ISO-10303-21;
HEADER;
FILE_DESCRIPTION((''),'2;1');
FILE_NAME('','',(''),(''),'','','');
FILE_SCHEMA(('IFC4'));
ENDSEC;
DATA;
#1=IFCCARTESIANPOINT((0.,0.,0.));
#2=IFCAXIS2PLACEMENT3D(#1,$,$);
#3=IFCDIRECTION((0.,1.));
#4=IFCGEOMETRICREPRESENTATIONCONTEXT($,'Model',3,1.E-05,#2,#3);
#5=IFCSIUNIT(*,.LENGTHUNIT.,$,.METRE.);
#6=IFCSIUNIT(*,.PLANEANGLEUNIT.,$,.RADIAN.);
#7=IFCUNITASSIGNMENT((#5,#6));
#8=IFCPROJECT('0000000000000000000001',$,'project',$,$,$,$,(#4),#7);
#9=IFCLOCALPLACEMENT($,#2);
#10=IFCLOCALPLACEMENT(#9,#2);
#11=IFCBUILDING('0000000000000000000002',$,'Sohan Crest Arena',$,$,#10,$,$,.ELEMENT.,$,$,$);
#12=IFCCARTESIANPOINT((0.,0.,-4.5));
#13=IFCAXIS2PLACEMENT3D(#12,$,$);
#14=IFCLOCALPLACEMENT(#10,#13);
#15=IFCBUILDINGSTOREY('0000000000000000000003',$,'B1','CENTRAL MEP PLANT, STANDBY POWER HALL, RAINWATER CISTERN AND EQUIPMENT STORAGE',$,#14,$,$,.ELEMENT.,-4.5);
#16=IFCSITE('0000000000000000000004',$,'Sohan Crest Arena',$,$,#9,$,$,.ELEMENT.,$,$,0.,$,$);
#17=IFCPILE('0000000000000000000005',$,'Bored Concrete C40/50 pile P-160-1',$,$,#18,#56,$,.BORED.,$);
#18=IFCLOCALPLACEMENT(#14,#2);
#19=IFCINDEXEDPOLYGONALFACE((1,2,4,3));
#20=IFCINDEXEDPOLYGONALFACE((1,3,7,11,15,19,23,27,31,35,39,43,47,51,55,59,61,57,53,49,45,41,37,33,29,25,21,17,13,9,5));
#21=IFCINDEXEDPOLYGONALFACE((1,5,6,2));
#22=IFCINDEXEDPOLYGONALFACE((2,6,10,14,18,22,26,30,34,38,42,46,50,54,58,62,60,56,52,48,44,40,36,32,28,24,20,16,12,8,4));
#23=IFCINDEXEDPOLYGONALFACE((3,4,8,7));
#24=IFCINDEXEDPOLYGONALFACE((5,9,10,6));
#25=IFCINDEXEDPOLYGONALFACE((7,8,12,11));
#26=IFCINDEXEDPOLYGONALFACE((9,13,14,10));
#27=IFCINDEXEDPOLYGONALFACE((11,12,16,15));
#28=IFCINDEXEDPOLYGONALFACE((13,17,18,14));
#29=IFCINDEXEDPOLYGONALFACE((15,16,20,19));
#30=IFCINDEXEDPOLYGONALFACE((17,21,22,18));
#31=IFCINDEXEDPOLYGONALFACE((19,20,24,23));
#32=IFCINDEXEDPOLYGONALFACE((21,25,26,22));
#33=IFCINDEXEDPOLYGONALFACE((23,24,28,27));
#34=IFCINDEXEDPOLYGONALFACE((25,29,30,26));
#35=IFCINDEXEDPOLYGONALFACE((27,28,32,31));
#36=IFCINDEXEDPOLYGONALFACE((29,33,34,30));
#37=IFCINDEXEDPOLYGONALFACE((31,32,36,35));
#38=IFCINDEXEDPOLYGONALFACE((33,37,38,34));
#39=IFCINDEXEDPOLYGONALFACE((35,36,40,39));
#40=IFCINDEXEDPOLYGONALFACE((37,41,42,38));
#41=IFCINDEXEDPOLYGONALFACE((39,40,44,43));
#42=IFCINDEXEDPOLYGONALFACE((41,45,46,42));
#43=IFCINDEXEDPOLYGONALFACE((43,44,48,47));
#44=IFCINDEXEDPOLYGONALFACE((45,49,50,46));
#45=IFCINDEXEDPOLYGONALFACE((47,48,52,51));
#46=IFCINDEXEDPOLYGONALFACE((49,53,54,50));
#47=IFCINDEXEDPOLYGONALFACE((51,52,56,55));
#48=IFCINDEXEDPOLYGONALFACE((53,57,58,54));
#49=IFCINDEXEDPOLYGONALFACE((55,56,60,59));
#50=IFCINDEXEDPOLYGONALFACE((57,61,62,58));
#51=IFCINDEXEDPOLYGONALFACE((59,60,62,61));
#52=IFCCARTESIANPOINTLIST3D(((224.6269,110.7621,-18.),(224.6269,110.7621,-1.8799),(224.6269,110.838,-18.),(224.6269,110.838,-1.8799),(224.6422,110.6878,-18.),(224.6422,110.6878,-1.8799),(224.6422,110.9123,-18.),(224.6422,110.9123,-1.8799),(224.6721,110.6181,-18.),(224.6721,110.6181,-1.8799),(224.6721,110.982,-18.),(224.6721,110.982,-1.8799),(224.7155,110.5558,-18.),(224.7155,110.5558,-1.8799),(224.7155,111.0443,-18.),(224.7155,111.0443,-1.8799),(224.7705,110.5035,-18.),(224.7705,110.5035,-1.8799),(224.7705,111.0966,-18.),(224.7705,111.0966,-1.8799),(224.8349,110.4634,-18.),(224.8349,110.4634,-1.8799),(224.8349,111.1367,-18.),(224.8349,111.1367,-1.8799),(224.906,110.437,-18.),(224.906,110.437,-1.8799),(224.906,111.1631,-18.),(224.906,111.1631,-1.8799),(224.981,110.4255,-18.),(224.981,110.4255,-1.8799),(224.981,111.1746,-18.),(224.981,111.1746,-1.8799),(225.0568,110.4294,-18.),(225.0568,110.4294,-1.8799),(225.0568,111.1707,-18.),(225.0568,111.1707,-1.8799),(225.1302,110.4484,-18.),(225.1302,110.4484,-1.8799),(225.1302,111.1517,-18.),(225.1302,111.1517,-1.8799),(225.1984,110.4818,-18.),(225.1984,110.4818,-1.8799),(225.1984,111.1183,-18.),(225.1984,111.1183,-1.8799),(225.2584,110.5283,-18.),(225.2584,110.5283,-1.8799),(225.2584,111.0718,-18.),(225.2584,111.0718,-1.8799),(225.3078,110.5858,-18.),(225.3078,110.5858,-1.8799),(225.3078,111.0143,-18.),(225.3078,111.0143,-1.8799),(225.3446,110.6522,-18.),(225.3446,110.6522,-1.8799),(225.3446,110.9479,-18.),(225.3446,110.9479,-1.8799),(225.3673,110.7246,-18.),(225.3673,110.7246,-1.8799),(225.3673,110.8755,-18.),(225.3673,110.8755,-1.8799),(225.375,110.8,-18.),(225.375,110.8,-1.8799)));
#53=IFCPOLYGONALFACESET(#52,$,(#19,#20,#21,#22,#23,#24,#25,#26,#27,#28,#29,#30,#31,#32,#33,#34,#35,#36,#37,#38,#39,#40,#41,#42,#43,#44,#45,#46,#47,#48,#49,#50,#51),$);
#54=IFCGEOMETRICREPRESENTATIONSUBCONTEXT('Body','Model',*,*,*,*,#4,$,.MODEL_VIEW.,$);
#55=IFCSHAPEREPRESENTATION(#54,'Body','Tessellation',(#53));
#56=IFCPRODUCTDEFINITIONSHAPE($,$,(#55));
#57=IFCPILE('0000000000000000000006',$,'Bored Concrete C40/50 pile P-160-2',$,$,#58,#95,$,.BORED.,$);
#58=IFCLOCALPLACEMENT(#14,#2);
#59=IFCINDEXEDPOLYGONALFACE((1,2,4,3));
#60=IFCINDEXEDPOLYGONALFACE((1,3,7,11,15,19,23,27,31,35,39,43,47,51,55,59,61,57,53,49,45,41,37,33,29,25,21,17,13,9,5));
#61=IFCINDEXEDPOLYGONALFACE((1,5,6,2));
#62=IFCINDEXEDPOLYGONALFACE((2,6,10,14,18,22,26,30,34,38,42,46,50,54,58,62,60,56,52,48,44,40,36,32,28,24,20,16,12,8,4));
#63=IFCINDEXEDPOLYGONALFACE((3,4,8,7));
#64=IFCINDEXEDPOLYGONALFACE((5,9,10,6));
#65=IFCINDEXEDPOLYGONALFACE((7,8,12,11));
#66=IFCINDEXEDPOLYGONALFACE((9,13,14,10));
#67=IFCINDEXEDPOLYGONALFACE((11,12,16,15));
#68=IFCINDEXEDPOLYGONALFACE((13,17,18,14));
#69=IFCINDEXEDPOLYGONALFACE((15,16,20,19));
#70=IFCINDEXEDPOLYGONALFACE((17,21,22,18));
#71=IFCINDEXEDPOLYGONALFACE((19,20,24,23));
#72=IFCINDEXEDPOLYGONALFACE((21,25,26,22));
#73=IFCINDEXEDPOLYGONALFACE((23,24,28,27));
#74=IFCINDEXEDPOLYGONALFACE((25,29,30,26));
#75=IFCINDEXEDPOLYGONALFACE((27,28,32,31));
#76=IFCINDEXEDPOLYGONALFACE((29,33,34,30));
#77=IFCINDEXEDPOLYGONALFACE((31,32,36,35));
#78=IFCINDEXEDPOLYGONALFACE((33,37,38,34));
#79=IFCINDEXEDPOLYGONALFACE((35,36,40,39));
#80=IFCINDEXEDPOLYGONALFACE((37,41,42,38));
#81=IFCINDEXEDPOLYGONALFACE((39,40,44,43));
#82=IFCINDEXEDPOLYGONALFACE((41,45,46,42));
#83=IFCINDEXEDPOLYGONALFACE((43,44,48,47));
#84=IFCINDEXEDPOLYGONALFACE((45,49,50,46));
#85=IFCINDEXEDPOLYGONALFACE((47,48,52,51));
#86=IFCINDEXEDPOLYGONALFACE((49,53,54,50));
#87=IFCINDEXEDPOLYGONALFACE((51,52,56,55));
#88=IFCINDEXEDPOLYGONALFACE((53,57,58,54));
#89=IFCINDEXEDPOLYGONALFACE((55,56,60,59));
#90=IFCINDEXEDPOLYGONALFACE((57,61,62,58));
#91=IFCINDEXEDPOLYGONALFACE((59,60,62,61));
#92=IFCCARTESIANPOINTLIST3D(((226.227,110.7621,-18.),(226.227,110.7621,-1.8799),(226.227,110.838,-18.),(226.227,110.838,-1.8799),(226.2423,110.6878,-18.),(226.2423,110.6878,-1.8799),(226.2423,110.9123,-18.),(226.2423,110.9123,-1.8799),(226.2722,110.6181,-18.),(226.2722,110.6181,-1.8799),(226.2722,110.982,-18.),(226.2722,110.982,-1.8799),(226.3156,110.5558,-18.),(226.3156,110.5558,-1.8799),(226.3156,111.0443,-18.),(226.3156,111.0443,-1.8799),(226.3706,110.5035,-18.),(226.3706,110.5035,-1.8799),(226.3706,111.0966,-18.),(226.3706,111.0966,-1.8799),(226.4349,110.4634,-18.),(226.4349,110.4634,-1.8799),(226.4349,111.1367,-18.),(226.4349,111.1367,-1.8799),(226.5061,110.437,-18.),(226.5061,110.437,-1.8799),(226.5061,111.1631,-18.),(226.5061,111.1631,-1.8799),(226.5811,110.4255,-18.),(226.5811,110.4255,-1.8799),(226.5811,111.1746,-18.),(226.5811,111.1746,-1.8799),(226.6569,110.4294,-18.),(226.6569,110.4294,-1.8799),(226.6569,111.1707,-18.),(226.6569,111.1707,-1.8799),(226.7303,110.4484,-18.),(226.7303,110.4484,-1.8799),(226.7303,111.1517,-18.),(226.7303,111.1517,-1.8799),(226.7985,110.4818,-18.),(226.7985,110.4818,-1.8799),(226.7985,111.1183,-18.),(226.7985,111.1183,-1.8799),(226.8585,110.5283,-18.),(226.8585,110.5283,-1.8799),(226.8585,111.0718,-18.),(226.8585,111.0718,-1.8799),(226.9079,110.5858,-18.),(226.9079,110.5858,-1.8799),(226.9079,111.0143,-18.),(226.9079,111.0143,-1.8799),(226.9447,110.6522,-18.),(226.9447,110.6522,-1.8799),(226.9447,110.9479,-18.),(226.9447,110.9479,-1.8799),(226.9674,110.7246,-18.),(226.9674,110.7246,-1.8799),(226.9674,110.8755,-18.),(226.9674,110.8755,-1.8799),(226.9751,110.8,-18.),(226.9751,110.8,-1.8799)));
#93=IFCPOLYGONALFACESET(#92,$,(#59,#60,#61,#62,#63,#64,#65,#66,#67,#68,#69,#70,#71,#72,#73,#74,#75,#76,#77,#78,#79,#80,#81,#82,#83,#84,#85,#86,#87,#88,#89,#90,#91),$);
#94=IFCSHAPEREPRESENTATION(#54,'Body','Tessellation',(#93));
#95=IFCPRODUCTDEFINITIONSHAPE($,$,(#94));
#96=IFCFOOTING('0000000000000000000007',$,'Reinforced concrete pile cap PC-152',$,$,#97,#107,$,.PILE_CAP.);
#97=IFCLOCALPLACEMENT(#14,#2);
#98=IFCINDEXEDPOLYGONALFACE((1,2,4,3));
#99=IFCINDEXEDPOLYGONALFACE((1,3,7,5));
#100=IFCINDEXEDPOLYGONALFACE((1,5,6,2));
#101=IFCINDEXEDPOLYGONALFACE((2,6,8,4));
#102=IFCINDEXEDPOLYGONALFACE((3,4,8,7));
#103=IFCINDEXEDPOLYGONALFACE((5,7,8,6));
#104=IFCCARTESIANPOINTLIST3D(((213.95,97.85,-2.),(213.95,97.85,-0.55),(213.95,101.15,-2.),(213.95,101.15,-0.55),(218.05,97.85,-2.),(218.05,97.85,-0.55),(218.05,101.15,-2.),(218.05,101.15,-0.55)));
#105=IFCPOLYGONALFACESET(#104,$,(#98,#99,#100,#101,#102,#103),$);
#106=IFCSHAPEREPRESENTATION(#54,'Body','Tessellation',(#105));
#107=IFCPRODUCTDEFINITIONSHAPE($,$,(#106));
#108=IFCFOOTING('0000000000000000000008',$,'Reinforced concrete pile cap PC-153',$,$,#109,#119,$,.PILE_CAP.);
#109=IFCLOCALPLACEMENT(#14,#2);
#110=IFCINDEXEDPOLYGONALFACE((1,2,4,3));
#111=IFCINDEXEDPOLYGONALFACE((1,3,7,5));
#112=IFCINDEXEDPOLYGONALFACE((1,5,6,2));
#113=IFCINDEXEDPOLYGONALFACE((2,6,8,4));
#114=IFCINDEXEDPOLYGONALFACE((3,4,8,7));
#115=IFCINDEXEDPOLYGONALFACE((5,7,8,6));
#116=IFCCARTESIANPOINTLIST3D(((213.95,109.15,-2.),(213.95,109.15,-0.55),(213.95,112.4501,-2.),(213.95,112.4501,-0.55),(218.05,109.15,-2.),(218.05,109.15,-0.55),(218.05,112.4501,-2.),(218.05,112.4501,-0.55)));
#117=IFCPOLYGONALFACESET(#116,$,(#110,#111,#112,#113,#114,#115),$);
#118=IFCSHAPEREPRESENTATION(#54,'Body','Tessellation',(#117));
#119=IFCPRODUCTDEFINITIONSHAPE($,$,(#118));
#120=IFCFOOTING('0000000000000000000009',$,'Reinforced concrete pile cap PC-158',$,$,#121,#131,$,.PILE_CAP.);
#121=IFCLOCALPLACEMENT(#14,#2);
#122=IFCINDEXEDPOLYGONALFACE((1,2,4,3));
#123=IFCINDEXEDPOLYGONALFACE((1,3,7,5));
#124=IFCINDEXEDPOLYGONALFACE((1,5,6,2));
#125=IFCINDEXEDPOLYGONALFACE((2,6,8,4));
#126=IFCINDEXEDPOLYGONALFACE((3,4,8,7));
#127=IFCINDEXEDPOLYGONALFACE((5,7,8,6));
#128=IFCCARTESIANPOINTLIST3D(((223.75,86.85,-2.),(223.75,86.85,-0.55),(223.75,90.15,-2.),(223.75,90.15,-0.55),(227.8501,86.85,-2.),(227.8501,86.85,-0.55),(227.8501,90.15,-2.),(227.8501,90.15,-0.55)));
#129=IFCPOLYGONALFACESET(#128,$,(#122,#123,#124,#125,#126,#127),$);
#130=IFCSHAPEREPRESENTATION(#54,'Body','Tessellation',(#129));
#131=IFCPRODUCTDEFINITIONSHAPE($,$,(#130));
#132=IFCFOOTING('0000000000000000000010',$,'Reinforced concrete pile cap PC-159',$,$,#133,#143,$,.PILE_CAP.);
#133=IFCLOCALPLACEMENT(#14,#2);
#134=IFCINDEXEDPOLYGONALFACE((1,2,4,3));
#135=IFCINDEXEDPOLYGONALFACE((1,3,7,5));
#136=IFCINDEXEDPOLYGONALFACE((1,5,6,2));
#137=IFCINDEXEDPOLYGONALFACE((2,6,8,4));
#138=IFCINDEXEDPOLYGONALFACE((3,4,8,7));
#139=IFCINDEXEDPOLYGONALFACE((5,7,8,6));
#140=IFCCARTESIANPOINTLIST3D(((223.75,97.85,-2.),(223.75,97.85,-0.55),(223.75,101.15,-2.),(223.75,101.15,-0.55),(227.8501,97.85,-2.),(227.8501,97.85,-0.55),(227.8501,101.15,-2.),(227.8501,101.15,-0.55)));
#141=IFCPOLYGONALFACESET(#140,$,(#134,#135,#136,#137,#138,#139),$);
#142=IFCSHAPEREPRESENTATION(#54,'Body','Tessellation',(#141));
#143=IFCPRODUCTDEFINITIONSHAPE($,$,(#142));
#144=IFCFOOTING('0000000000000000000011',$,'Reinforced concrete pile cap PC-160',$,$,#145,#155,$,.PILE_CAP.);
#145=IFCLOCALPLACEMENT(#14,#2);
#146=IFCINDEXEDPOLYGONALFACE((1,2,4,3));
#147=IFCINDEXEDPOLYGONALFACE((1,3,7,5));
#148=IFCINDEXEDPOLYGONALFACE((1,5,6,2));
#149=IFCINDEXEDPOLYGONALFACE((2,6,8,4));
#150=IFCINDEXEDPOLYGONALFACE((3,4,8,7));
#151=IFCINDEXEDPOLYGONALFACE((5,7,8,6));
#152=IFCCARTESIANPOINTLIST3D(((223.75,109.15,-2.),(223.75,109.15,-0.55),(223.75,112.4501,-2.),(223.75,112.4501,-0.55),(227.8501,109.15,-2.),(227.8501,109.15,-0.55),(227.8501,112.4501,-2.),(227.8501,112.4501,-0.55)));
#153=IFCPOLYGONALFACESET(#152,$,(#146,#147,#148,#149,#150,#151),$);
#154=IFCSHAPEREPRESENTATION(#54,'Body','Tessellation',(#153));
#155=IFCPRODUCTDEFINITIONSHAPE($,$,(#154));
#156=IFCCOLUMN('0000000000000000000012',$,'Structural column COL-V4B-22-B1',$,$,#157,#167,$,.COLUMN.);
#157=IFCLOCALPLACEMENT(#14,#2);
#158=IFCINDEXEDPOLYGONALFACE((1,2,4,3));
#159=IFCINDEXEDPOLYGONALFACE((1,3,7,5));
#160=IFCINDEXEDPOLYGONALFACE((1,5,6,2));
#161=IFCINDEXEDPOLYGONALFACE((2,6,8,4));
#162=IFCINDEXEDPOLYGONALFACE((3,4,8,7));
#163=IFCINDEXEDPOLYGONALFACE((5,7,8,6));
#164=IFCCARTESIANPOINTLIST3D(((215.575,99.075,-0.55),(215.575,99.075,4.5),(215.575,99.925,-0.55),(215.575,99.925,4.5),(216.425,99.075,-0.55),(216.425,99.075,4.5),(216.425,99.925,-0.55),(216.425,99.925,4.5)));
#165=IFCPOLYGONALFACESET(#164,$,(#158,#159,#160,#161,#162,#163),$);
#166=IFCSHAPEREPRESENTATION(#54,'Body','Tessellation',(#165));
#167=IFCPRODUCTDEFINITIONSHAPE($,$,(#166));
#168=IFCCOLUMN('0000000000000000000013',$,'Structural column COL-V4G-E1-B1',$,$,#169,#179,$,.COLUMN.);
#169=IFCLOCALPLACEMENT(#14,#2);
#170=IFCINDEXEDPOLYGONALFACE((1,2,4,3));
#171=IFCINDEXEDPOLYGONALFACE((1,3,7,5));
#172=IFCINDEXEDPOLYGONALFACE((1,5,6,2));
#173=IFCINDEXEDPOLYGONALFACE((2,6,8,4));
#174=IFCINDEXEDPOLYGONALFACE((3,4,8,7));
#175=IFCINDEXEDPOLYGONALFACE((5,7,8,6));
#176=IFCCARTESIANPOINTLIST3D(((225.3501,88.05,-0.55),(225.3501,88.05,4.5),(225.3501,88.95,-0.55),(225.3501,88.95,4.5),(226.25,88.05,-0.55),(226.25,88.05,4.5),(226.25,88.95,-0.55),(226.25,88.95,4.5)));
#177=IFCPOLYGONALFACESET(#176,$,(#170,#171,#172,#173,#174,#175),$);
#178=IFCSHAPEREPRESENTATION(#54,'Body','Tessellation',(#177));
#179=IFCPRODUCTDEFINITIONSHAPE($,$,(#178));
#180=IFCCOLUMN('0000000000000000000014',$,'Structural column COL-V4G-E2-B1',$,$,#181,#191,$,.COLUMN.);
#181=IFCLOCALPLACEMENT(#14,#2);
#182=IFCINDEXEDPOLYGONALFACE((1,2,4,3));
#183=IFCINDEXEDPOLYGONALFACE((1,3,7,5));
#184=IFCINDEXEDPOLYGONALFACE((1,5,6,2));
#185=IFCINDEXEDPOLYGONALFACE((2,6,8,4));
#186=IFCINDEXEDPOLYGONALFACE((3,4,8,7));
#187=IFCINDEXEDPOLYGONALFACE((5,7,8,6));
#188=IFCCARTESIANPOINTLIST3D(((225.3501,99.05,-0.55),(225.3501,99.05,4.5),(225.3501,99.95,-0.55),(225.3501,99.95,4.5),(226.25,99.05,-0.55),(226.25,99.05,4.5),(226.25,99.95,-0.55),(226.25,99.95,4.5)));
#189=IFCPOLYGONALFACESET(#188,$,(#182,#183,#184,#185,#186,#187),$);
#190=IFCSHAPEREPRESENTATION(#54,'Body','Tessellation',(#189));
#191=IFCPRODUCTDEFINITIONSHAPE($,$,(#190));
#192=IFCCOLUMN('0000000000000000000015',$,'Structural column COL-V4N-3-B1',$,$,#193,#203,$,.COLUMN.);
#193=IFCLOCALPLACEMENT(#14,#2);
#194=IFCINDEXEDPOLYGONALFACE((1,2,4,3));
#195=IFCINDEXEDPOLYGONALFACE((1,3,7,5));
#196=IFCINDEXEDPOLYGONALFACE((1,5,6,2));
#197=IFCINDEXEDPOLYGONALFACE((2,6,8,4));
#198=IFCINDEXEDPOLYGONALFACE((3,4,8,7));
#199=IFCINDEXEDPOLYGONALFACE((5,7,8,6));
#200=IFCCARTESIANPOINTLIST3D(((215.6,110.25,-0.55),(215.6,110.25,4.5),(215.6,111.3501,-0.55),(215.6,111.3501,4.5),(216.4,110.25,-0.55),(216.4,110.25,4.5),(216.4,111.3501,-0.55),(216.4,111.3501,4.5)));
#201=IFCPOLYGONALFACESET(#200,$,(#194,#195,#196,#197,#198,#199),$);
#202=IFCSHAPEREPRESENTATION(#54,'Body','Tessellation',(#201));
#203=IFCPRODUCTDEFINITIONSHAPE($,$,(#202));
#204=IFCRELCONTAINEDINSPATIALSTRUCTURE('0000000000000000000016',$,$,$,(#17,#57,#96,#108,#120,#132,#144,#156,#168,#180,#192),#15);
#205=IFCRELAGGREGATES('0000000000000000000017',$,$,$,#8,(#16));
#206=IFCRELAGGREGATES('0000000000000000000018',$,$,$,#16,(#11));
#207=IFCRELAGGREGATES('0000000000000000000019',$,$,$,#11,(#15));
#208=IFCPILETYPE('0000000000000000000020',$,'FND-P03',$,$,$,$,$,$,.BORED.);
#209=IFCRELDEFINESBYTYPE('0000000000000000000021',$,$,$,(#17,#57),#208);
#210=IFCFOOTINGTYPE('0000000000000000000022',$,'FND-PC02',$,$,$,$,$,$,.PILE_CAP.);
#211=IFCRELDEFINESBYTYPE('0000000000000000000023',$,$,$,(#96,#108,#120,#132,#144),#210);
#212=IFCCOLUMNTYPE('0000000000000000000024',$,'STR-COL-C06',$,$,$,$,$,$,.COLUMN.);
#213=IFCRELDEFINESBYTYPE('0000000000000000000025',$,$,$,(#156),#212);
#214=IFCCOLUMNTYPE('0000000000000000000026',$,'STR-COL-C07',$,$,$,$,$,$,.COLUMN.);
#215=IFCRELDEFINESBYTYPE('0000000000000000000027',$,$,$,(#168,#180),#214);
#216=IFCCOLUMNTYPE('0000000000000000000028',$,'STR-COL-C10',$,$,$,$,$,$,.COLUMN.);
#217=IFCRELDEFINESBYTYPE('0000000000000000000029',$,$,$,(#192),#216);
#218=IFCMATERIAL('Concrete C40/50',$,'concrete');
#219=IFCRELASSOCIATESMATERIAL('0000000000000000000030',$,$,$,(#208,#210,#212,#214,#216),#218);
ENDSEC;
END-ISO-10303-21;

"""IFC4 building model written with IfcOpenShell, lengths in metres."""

from ifc_helpers import new_model, si_unit, direction, frame, origin, origin_2d, place, context, subcontext, project, spatial, rectangle, circle, extrude, material, material_profile, profile_set, type_object, element, save


model = new_model("IFC4")

# Units and contexts
model_context = context("Model", 3, precision=1e-05, world=origin(), true_north=direction((0.0, 1.0)))
body_context = subcontext(model_context, "Body", "Model", "MODEL_VIEW")
ifc_project = project(units=[si_unit("LENGTHUNIT", "METRE"), si_unit("PLANEANGLEUNIT", "RADIAN")], contexts=[model_context])

# Site, building, storey
site_placement = place(None, origin())
site = spatial("IfcSite", under=ifc_project, at=site_placement, Name="Sohan Crest Arena", CompositionType="ELEMENT", RefElevation=0.0)
building_placement = place(site_placement, origin())
building = spatial("IfcBuilding", under=site, at=building_placement, Name="Sohan Crest Arena", CompositionType="ELEMENT")
storey_placement = place(building_placement, frame((0.0, 0.0, -4.5)))
storey = spatial("IfcBuildingStorey", under=building, at=storey_placement, Name="B1", Description="CENTRAL MEP PLANT, STANDBY POWER HALL, RAINWATER CISTERN AND EQUIPMENT STORAGE", CompositionType="ELEMENT", Elevation=-4.5)

# Shared definitions
ifc_material = material(Name="Concrete C40/50", Category="concrete")

# Piles
ifc_material_profile_1 = material_profile(ifc_material, circle(Radius=0.375, at=origin_2d()), Name="PILE D750")
ifc_profile_set_1 = profile_set([ifc_material_profile_1], Name="Concrete C40/50")
pile_type = type_object("IfcPileType", Name="FND-P03", PredefinedType="BORED", material=ifc_profile_set_1)
for number, where, z_axis, x_axis, name in (
    (1, (225.0, 110.8, -18.0), (0.0, 0.0, 1.0), (1.0, 0.0, 0.0), "Bored Concrete C40/50 pile P-160-1"),
    (2, (226.6001, 110.8, -18.0), (0.0, 0.0, 1.0), (1.0, 0.0, 0.0), "Bored Concrete C40/50 pile P-160-2"),
):
    element("IfcPile", number, at=place(storey_placement, frame(where, z_axis=z_axis, x_axis=x_axis)), inside=storey, type_object=pile_type, Name=name, PredefinedType="BORED", context=body_context, shape_type="SweptSolid", body=[
        extrude(circle(Radius=0.375, at=origin_2d()), origin(), (0.0, 0.0, 1.0), 16.1201),
    ])

# Footings
footing_type_1 = type_object("IfcFootingType", Name="FND-PC02", PredefinedType="PILE_CAP", material=ifc_material)
for number, where, z_axis, x_axis, name in (
    (3, (216.0, 99.5, -2.0), (0.0, 0.0, 1.0), (1.0, 0.0, 0.0), "Reinforced concrete pile cap PC-152"),
    (4, (216.0, 110.8, -2.0), (0.0, 0.0, 1.0), (1.0, 0.0, 0.0), "Reinforced concrete pile cap PC-153"),
    (5, (225.8, 88.5, -2.0), (0.0, 0.0, 1.0), (1.0, 0.0, 0.0), "Reinforced concrete pile cap PC-158"),
    (6, (225.8, 99.5, -2.0), (0.0, 0.0, 1.0), (1.0, 0.0, 0.0), "Reinforced concrete pile cap PC-159"),
    (7, (225.8, 110.8, -2.0), (0.0, 0.0, 1.0), (1.0, 0.0, 0.0), "Reinforced concrete pile cap PC-160"),
):
    element("IfcFooting", number, at=place(storey_placement, frame(where, z_axis=z_axis, x_axis=x_axis)), inside=storey, type_object=footing_type_1, Name=name, PredefinedType="PILE_CAP", context=body_context, shape_type="SweptSolid", body=[
        extrude(rectangle(XDim=4.1001, YDim=3.3, at=origin_2d()), origin(), (0.0, 0.0, 1.0), 1.45),
    ])

# Columns
ifc_material_profile_2 = material_profile(ifc_material, rectangle(XDim=0.8501, YDim=0.8501, at=origin_2d()), Name="RC 850x850")
ifc_profile_set_2 = profile_set([ifc_material_profile_2], Name="Concrete C40/50")
column_type_1 = type_object("IfcColumnType", Name="STR-COL-C06", PredefinedType="COLUMN", material=ifc_profile_set_2)
column_placement = place(storey_placement, frame((216.0, 99.5, -0.55), z_axis=(0.0, 0.0, 1.0), x_axis=(1.0, 0.0, 0.0)))
element("IfcColumn", 8, at=column_placement, inside=storey, type_object=column_type_1, Name="Structural column COL-V4B-22-B1", PredefinedType="COLUMN", context=body_context, shape_type="SweptSolid", body=[
    extrude(rectangle(XDim=0.8501, YDim=0.8501, at=origin_2d()), origin(), (0.0, 0.0, 1.0), 5.05),
])
ifc_material_profile_3 = material_profile(ifc_material, rectangle(XDim=0.8999, YDim=0.8999, at=origin_2d()), Name="RC 900x900")
ifc_profile_set_3 = profile_set([ifc_material_profile_3], Name="Concrete C40/50")
column_type_2 = type_object("IfcColumnType", Name="STR-COL-C07", PredefinedType="COLUMN", material=ifc_profile_set_3)
for number, where, z_axis, x_axis, name in (
    (9, (225.8, 88.5, -0.55), (0.0, 0.0, 1.0), (1.0, 0.0, 0.0), "Structural column COL-V4G-E1-B1"),
    (10, (225.8, 99.5, -0.55), (0.0, 0.0, 1.0), (1.0, 0.0, 0.0), "Structural column COL-V4G-E2-B1"),
):
    element("IfcColumn", number, at=place(storey_placement, frame(where, z_axis=z_axis, x_axis=x_axis)), inside=storey, type_object=column_type_2, Name=name, PredefinedType="COLUMN", context=body_context, shape_type="SweptSolid", body=[
        extrude(rectangle(XDim=0.8999, YDim=0.8999, at=origin_2d()), origin(), (0.0, 0.0, 1.0), 5.05),
    ])
ifc_material_profile_4 = material_profile(ifc_material, rectangle(XDim=1.1001, YDim=0.8, at=origin_2d()), Name="RC 1100x800")
ifc_profile_set_4 = profile_set([ifc_material_profile_4], Name="Concrete C40/50")
column_type_3 = type_object("IfcColumnType", Name="STR-COL-C10", PredefinedType="COLUMN", material=ifc_profile_set_4)
for number, where, z_axis, x_axis, name in (
    (11, (216.0, 110.8, -0.55), (0.0, 0.0, 1.0), (0.0, 1.0, 0.0), "Structural column COL-V4N-3-B1"),
):
    element("IfcColumn", number, at=place(storey_placement, frame(where, z_axis=z_axis, x_axis=x_axis)), inside=storey, type_object=column_type_3, Name=name, PredefinedType="COLUMN", context=body_context, shape_type="SweptSolid", body=[
        extrude(rectangle(XDim=1.1001, YDim=0.8, at=origin_2d()), origin(), (0.0, 0.0, 1.0), 5.05),
    ])

save(model, "model.ifc")
